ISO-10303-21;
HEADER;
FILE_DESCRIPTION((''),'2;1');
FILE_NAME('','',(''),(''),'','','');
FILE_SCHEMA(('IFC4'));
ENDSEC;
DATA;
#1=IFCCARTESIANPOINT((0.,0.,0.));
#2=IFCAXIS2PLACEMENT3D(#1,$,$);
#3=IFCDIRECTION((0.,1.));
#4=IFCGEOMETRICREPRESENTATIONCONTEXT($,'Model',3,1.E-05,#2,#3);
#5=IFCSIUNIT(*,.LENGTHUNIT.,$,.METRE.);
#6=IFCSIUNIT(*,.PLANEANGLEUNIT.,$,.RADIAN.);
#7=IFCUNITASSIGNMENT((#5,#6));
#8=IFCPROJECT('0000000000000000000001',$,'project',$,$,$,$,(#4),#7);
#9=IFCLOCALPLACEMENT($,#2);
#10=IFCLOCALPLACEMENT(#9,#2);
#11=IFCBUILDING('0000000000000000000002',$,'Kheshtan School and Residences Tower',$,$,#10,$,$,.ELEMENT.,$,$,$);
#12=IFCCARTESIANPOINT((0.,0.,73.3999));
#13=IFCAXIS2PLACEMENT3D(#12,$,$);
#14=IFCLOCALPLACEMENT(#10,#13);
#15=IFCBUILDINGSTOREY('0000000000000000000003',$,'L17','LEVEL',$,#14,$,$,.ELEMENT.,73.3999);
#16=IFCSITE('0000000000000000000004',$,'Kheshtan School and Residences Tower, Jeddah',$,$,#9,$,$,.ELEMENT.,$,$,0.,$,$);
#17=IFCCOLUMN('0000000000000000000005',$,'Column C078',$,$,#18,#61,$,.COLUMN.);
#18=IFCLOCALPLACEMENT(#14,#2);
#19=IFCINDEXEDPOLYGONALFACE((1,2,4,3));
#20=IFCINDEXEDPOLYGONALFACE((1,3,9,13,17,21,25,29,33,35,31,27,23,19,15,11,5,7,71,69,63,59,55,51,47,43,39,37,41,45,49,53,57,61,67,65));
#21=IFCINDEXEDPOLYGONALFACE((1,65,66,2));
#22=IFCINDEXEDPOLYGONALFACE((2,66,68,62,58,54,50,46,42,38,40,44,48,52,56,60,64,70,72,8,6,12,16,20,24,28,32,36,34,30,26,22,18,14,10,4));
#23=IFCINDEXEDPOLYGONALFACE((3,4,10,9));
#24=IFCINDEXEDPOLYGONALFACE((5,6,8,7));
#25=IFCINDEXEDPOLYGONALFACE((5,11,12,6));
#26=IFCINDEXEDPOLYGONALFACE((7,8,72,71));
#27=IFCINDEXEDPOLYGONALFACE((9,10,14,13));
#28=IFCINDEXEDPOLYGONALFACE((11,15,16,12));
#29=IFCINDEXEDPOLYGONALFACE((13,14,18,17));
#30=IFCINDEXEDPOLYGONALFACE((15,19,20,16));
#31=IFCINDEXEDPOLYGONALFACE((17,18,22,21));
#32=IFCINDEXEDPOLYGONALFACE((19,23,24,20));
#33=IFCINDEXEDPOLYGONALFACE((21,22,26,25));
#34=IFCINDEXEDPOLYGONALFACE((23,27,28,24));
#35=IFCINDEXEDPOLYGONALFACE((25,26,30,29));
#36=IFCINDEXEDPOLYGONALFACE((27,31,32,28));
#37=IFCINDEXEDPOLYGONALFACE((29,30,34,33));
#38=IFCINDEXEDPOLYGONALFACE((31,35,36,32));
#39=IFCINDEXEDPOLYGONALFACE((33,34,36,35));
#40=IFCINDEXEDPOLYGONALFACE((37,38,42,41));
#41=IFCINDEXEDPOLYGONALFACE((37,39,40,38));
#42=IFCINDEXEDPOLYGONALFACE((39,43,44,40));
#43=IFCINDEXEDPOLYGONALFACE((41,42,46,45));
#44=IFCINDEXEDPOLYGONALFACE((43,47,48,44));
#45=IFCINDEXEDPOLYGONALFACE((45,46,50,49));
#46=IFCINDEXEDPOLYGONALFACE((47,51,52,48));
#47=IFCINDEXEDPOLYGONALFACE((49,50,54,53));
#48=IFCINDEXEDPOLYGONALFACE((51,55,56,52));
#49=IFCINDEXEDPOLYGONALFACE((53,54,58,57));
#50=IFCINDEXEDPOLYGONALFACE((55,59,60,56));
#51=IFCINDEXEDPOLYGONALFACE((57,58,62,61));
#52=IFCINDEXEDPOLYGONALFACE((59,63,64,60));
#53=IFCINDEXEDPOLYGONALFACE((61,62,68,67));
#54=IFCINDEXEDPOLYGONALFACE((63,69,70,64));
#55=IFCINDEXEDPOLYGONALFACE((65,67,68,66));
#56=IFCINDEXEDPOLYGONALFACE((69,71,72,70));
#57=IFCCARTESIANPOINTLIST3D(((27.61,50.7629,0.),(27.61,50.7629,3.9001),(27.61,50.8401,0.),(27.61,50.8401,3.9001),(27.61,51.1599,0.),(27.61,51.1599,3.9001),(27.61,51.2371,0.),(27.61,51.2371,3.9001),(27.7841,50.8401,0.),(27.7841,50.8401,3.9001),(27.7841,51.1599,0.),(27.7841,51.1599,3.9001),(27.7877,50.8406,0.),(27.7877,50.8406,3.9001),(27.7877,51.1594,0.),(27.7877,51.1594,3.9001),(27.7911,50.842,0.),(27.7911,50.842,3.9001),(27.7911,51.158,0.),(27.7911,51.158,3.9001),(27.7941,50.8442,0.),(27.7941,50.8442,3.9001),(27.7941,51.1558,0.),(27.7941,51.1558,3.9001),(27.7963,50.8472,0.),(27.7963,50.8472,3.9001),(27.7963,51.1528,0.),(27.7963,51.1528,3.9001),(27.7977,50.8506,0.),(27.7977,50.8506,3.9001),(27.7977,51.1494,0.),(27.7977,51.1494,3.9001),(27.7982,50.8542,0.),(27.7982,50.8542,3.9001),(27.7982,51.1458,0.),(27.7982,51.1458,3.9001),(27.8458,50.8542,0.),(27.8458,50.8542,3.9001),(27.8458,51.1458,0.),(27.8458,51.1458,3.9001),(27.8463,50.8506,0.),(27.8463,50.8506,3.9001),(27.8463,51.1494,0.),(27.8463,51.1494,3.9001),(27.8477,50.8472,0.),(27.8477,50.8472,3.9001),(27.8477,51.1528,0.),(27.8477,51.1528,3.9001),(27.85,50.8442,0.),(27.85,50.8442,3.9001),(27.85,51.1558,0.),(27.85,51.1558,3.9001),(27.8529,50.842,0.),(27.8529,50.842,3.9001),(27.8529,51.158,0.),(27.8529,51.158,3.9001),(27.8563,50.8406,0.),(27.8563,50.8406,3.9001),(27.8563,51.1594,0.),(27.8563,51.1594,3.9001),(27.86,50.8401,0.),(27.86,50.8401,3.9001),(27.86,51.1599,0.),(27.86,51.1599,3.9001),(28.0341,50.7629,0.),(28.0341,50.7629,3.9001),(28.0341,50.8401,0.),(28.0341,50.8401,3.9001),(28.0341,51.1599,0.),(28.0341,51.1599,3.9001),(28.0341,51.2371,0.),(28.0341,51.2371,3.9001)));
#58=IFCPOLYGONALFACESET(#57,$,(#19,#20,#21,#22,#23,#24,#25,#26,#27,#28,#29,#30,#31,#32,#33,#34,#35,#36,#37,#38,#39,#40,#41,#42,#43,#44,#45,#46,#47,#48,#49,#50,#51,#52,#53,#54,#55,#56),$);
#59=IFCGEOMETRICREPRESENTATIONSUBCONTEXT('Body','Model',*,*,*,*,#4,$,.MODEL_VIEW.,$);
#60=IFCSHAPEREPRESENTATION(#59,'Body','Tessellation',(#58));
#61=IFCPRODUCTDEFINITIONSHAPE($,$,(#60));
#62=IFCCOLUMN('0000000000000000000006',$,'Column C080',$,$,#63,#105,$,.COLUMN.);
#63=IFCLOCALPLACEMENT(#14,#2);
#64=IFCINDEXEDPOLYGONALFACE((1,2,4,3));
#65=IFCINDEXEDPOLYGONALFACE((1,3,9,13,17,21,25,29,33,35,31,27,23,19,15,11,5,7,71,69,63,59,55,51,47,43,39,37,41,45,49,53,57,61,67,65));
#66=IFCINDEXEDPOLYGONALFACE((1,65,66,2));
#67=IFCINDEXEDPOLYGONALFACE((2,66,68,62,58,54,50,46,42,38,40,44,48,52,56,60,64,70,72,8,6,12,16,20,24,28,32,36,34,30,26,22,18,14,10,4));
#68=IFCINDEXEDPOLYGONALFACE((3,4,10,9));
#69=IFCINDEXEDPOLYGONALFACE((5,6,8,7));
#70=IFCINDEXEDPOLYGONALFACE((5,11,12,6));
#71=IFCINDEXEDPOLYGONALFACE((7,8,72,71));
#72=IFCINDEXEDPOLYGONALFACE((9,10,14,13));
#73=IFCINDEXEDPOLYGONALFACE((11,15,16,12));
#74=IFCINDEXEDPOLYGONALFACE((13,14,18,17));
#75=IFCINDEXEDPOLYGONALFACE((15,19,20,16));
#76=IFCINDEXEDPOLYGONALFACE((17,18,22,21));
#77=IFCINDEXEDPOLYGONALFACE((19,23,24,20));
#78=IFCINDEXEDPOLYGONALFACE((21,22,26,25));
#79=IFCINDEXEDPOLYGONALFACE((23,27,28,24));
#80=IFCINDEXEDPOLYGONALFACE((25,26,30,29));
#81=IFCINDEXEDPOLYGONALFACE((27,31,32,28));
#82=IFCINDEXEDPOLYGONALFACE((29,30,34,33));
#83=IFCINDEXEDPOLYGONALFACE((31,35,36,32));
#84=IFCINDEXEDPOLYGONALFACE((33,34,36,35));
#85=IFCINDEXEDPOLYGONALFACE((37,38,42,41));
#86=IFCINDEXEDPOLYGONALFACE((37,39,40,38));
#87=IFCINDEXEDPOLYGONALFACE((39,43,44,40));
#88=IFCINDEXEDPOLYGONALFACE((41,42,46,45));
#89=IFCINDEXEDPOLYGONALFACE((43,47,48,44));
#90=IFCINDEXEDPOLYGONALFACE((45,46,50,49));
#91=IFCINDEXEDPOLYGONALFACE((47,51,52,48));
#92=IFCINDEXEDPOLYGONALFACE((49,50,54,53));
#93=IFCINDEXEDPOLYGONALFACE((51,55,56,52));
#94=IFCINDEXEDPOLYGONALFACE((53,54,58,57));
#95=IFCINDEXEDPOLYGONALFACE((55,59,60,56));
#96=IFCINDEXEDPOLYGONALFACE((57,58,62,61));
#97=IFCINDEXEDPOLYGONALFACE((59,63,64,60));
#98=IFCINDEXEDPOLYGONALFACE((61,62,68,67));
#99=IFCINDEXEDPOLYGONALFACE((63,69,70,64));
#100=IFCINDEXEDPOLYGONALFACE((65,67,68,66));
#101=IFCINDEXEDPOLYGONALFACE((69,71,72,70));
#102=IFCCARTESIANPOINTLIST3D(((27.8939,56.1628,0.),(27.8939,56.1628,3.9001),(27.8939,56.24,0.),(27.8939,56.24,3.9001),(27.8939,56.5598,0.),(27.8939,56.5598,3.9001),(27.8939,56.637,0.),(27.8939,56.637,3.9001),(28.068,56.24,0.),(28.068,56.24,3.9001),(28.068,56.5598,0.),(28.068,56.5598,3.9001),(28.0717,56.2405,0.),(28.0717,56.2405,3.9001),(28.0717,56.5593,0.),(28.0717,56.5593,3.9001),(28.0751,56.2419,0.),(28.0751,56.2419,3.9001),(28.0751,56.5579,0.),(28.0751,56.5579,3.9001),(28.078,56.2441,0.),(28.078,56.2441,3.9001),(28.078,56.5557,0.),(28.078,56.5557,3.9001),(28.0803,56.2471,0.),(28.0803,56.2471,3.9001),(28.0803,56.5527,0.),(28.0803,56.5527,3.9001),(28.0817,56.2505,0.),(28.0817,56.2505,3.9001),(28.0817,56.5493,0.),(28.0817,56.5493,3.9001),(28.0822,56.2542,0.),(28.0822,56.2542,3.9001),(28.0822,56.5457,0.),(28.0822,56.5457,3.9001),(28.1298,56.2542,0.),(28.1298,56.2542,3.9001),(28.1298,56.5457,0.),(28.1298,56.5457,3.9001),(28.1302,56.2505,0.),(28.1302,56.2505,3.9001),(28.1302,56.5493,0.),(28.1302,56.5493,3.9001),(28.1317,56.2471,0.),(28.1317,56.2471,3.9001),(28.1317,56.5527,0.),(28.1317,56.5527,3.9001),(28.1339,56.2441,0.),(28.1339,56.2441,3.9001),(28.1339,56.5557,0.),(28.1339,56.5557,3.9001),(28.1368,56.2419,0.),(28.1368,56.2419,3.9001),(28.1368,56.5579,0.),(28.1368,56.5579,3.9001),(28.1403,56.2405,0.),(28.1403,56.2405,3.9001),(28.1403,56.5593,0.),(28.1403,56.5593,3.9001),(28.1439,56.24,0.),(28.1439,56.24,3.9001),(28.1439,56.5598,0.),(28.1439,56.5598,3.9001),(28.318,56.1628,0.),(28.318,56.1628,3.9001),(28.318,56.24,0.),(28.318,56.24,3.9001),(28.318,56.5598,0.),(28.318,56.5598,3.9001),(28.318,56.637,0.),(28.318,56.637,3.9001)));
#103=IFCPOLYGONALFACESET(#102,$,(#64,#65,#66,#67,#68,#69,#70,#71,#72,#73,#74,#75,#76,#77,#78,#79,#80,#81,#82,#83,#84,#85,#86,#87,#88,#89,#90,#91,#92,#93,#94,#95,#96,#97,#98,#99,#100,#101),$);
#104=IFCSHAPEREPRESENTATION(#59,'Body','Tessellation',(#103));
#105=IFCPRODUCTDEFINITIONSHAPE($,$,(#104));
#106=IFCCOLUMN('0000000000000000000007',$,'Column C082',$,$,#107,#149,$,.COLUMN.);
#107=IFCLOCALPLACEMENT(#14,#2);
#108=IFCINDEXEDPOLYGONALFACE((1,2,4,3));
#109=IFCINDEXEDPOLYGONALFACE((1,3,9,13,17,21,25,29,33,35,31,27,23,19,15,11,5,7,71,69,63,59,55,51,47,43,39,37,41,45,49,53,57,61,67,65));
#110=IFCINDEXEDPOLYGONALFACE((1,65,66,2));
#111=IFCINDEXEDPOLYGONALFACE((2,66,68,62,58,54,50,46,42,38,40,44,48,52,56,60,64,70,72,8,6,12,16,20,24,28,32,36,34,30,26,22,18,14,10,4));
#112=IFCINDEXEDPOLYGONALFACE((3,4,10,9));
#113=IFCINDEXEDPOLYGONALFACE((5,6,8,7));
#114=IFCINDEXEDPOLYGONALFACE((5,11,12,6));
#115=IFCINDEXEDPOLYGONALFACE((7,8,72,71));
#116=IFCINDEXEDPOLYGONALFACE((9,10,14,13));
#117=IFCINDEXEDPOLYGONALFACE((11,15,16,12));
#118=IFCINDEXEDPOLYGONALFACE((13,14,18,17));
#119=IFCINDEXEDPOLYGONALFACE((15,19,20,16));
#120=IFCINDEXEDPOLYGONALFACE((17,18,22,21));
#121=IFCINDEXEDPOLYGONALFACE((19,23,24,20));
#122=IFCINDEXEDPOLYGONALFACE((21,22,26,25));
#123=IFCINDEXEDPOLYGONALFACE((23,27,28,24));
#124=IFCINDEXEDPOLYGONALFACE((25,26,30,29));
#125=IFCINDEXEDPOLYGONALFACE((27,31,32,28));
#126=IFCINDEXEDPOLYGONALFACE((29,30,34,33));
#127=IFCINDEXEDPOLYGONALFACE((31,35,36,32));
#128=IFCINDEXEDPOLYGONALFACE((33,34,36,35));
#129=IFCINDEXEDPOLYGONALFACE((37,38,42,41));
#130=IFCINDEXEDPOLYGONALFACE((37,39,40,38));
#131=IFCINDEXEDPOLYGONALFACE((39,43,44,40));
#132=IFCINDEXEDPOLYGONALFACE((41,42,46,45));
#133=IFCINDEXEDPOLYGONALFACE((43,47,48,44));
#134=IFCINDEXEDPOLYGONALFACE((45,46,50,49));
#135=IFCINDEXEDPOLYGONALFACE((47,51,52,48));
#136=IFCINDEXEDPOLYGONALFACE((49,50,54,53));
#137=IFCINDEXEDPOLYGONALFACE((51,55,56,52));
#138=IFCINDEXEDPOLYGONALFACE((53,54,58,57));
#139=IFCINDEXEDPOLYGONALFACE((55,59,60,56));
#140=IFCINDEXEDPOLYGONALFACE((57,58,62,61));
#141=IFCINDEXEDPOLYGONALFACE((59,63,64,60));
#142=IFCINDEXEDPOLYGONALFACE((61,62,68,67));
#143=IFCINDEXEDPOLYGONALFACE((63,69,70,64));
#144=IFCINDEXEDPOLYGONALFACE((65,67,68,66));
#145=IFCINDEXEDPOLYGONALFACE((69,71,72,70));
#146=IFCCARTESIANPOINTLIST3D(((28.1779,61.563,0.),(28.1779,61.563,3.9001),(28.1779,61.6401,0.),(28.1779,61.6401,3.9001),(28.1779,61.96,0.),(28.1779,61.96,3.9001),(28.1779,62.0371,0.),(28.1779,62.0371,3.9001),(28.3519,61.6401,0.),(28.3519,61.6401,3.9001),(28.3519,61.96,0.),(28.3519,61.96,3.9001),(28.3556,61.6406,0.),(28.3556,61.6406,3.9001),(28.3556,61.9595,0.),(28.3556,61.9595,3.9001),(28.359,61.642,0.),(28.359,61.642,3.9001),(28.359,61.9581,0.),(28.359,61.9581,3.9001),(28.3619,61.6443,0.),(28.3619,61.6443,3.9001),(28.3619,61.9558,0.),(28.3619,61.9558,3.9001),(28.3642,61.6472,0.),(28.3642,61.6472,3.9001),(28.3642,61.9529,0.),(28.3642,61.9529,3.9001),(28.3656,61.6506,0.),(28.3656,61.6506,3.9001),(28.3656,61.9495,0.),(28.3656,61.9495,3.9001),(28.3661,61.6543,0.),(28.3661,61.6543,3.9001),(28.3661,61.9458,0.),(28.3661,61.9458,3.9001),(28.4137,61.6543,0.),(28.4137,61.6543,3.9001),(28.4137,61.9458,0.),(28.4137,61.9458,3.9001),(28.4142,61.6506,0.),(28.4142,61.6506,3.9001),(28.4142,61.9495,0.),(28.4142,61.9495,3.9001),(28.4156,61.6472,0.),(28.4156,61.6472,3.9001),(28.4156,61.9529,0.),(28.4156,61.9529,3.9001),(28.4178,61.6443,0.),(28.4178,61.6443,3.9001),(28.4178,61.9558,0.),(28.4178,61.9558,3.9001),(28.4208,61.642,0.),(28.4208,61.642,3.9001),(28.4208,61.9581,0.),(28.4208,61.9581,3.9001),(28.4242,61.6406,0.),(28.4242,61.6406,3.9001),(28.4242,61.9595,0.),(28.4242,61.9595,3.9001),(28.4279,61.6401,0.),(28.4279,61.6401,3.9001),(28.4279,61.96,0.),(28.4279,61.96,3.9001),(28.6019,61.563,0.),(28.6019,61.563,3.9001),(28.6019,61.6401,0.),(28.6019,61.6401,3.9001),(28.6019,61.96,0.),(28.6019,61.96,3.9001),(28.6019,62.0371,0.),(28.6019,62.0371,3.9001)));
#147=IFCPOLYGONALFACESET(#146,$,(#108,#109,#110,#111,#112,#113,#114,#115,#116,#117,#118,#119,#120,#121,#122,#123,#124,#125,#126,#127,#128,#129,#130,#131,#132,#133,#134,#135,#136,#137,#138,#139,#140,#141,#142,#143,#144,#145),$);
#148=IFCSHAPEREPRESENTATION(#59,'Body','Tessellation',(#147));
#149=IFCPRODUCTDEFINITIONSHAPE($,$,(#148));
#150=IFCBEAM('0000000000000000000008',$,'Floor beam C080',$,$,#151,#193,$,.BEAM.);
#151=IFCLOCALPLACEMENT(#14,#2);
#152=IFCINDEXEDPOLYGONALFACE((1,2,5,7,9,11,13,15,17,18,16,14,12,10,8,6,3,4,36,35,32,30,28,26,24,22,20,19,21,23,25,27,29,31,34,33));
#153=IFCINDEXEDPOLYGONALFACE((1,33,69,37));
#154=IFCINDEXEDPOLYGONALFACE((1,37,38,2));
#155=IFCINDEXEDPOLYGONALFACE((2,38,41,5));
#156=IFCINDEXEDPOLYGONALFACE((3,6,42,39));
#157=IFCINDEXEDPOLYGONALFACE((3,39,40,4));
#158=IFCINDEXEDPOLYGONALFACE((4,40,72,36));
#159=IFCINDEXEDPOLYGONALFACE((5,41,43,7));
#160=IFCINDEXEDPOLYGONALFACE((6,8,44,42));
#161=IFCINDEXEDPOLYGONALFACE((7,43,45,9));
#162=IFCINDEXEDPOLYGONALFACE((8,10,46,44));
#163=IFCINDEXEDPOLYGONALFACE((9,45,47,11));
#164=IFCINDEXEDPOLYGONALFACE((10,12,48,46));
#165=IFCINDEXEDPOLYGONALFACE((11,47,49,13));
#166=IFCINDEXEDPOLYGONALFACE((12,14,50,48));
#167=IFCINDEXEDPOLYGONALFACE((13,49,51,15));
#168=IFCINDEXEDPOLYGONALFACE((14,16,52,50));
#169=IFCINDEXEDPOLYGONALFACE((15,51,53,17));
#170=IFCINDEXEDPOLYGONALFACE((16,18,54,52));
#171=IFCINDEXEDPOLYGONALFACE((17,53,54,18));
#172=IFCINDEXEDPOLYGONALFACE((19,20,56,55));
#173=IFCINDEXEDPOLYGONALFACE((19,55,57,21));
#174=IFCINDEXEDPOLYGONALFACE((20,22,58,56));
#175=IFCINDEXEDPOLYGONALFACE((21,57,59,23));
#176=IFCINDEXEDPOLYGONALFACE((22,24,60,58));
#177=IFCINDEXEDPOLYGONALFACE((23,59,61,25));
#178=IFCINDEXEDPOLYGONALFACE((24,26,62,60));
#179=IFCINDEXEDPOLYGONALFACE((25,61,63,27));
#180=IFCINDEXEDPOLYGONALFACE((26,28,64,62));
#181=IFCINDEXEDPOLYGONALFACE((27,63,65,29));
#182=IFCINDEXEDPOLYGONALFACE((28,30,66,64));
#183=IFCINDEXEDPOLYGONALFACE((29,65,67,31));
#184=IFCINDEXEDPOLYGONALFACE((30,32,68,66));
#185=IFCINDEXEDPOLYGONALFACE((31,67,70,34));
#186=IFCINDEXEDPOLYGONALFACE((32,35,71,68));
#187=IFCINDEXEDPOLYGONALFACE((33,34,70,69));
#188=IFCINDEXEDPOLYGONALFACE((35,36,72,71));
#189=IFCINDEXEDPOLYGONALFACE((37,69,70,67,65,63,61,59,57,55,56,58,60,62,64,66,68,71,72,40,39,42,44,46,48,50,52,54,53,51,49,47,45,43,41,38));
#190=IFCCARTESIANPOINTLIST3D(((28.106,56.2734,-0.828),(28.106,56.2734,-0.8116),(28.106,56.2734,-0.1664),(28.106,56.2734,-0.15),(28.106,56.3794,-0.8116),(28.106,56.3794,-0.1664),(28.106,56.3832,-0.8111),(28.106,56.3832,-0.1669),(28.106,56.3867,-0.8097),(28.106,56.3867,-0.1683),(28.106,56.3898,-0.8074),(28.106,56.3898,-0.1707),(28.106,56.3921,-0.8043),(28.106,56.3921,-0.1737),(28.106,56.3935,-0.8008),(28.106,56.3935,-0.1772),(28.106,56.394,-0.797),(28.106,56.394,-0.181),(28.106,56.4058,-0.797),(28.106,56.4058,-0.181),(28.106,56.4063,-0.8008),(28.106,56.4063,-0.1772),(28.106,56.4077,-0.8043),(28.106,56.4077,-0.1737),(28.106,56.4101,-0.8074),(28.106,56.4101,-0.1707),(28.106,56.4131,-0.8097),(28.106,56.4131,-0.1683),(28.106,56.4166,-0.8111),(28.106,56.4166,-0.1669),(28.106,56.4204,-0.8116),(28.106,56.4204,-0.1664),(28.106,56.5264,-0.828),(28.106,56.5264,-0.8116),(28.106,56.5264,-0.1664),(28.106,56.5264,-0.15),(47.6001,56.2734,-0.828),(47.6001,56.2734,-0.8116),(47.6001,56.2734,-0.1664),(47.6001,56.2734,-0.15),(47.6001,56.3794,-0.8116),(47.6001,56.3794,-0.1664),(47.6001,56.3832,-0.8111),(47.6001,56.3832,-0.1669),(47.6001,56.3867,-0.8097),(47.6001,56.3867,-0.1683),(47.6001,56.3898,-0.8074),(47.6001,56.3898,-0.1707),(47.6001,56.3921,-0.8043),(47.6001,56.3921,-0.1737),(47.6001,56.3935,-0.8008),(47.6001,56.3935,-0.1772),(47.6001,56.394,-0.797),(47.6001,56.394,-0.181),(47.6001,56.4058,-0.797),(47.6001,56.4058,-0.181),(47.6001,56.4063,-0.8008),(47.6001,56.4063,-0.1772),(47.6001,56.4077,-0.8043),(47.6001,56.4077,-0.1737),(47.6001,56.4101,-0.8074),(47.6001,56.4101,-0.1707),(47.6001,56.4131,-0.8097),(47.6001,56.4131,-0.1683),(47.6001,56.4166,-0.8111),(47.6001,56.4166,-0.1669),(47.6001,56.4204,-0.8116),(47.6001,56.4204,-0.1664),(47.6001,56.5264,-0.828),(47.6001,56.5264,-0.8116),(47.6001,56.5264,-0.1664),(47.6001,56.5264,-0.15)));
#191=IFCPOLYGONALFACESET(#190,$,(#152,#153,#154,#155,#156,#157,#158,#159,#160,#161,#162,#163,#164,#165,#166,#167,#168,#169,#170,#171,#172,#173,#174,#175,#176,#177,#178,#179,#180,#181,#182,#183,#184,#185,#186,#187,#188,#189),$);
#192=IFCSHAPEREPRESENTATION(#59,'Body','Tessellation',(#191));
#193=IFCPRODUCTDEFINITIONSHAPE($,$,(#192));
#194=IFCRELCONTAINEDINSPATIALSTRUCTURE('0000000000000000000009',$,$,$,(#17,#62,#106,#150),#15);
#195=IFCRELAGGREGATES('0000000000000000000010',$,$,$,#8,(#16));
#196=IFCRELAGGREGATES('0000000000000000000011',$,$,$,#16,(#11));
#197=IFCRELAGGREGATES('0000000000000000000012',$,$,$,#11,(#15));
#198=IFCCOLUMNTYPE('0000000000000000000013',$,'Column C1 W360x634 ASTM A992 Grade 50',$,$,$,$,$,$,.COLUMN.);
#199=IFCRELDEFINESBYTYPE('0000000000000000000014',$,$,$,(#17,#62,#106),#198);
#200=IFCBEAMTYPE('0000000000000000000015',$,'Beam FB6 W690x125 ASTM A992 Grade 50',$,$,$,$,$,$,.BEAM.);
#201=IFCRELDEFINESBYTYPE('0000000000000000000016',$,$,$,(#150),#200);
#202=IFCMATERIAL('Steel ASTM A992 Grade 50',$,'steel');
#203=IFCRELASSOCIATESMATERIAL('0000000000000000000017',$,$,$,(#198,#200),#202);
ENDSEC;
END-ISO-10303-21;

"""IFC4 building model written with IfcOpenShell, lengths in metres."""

from ifc_helpers import new_model, si_unit, direction, frame, origin, origin_2d, place, context, subcontext, project, spatial, i_section, extrude, material, material_profile, profile_set, type_object, element, save


model = new_model("IFC4")

# Units and contexts
model_context = context("Model", 3, precision=1e-05, world=origin(), true_north=direction((0.0, 1.0)))
body_context = subcontext(model_context, "Body", "Model", "MODEL_VIEW")
ifc_project = project(units=[si_unit("LENGTHUNIT", "METRE"), si_unit("PLANEANGLEUNIT", "RADIAN")], contexts=[model_context])

# Site, building, storey
site_placement = place(None, origin())
site = spatial("IfcSite", under=ifc_project, at=site_placement, Name="Kheshtan School and Residences Tower, Jeddah", CompositionType="ELEMENT", RefElevation=0.0)
building_placement = place(site_placement, origin())
building = spatial("IfcBuilding", under=site, at=building_placement, Name="Kheshtan School and Residences Tower", CompositionType="ELEMENT")
storey_placement = place(building_placement, frame((0.0, 0.0, 73.3999)))
storey = spatial("IfcBuildingStorey", under=building, at=storey_placement, Name="L17", Description="LEVEL", CompositionType="ELEMENT", Elevation=73.3999)

# Columns
ifc_material_1 = material(Name="Steel ASTM A992 Grade 50", Category="steel")
ifc_material_profile_1 = material_profile(ifc_material_1, i_section(OverallWidth=0.4241, OverallDepth=0.4741, WebThickness=0.0476, FlangeThickness=0.0771, FilletRadius=0.0142, at=origin_2d()), Name="W360x634")
ifc_profile_set_1 = profile_set([ifc_material_profile_1], Name="Steel ASTM A992 Grade 50")
column_type = type_object("IfcColumnType", Name="Column C1 W360x634 ASTM A992 Grade 50", PredefinedType="COLUMN", material=ifc_profile_set_1)
for number, where, z_axis, x_axis, name in (
    (1, (27.822, 51.0, 0.0), (0.0, 0.0, 1.0), (1.0, 0.0, 0.0), "Column C078"),
    (2, (28.106, 56.3999, 0.0), (0.0, 0.0, 1.0), (1.0, 0.0, 0.0), "Column C080"),
    (3, (28.3899, 61.8, 0.0), (0.0, 0.0, 1.0), (1.0, 0.0, 0.0), "Column C082"),
):
    element("IfcColumn", number, at=place(storey_placement, frame(where, z_axis=z_axis, x_axis=x_axis)), inside=storey, type_object=column_type, Name=name, PredefinedType="COLUMN", context=body_context, shape_type="SweptSolid", body=[
        extrude(i_section(OverallWidth=0.4241, OverallDepth=0.4741, WebThickness=0.0476, FlangeThickness=0.0771, FilletRadius=0.0142, at=origin_2d()), origin(), (0.0, 0.0, 1.0), 3.9001),
    ])

# Beam
ifc_material_profile_2 = material_profile(ifc_material_1, i_section(OverallWidth=0.2529, OverallDepth=0.678, WebThickness=0.0117, FlangeThickness=0.0164, FilletRadius=0.0146, at=origin_2d()), Name="W690x125")
ifc_profile_set_2 = profile_set([ifc_material_profile_2], Name="Steel ASTM A992 Grade 50")
beam_type_1 = type_object("IfcBeamType", Name="Beam FB6 W690x125 ASTM A992 Grade 50", PredefinedType="BEAM", material=ifc_profile_set_2)
beam_1_placement = place(storey_placement, frame((28.106, 56.3999, -0.489), z_axis=(1.0, 0.0, 0.0), x_axis=(0.0, 1.0, 0.0)))
element("IfcBeam", 4, at=beam_1_placement, inside=storey, type_object=beam_type_1, Name="Floor beam C080", PredefinedType="BEAM", context=body_context, shape_type="SweptSolid", body=[
    extrude(i_section(OverallWidth=0.2529, OverallDepth=0.678, WebThickness=0.0117, FlangeThickness=0.0164, FilletRadius=0.0146, at=origin_2d()), origin(), (0.0, 0.0, 1.0), 19.4941),
])

save(model, "model.ifc")
